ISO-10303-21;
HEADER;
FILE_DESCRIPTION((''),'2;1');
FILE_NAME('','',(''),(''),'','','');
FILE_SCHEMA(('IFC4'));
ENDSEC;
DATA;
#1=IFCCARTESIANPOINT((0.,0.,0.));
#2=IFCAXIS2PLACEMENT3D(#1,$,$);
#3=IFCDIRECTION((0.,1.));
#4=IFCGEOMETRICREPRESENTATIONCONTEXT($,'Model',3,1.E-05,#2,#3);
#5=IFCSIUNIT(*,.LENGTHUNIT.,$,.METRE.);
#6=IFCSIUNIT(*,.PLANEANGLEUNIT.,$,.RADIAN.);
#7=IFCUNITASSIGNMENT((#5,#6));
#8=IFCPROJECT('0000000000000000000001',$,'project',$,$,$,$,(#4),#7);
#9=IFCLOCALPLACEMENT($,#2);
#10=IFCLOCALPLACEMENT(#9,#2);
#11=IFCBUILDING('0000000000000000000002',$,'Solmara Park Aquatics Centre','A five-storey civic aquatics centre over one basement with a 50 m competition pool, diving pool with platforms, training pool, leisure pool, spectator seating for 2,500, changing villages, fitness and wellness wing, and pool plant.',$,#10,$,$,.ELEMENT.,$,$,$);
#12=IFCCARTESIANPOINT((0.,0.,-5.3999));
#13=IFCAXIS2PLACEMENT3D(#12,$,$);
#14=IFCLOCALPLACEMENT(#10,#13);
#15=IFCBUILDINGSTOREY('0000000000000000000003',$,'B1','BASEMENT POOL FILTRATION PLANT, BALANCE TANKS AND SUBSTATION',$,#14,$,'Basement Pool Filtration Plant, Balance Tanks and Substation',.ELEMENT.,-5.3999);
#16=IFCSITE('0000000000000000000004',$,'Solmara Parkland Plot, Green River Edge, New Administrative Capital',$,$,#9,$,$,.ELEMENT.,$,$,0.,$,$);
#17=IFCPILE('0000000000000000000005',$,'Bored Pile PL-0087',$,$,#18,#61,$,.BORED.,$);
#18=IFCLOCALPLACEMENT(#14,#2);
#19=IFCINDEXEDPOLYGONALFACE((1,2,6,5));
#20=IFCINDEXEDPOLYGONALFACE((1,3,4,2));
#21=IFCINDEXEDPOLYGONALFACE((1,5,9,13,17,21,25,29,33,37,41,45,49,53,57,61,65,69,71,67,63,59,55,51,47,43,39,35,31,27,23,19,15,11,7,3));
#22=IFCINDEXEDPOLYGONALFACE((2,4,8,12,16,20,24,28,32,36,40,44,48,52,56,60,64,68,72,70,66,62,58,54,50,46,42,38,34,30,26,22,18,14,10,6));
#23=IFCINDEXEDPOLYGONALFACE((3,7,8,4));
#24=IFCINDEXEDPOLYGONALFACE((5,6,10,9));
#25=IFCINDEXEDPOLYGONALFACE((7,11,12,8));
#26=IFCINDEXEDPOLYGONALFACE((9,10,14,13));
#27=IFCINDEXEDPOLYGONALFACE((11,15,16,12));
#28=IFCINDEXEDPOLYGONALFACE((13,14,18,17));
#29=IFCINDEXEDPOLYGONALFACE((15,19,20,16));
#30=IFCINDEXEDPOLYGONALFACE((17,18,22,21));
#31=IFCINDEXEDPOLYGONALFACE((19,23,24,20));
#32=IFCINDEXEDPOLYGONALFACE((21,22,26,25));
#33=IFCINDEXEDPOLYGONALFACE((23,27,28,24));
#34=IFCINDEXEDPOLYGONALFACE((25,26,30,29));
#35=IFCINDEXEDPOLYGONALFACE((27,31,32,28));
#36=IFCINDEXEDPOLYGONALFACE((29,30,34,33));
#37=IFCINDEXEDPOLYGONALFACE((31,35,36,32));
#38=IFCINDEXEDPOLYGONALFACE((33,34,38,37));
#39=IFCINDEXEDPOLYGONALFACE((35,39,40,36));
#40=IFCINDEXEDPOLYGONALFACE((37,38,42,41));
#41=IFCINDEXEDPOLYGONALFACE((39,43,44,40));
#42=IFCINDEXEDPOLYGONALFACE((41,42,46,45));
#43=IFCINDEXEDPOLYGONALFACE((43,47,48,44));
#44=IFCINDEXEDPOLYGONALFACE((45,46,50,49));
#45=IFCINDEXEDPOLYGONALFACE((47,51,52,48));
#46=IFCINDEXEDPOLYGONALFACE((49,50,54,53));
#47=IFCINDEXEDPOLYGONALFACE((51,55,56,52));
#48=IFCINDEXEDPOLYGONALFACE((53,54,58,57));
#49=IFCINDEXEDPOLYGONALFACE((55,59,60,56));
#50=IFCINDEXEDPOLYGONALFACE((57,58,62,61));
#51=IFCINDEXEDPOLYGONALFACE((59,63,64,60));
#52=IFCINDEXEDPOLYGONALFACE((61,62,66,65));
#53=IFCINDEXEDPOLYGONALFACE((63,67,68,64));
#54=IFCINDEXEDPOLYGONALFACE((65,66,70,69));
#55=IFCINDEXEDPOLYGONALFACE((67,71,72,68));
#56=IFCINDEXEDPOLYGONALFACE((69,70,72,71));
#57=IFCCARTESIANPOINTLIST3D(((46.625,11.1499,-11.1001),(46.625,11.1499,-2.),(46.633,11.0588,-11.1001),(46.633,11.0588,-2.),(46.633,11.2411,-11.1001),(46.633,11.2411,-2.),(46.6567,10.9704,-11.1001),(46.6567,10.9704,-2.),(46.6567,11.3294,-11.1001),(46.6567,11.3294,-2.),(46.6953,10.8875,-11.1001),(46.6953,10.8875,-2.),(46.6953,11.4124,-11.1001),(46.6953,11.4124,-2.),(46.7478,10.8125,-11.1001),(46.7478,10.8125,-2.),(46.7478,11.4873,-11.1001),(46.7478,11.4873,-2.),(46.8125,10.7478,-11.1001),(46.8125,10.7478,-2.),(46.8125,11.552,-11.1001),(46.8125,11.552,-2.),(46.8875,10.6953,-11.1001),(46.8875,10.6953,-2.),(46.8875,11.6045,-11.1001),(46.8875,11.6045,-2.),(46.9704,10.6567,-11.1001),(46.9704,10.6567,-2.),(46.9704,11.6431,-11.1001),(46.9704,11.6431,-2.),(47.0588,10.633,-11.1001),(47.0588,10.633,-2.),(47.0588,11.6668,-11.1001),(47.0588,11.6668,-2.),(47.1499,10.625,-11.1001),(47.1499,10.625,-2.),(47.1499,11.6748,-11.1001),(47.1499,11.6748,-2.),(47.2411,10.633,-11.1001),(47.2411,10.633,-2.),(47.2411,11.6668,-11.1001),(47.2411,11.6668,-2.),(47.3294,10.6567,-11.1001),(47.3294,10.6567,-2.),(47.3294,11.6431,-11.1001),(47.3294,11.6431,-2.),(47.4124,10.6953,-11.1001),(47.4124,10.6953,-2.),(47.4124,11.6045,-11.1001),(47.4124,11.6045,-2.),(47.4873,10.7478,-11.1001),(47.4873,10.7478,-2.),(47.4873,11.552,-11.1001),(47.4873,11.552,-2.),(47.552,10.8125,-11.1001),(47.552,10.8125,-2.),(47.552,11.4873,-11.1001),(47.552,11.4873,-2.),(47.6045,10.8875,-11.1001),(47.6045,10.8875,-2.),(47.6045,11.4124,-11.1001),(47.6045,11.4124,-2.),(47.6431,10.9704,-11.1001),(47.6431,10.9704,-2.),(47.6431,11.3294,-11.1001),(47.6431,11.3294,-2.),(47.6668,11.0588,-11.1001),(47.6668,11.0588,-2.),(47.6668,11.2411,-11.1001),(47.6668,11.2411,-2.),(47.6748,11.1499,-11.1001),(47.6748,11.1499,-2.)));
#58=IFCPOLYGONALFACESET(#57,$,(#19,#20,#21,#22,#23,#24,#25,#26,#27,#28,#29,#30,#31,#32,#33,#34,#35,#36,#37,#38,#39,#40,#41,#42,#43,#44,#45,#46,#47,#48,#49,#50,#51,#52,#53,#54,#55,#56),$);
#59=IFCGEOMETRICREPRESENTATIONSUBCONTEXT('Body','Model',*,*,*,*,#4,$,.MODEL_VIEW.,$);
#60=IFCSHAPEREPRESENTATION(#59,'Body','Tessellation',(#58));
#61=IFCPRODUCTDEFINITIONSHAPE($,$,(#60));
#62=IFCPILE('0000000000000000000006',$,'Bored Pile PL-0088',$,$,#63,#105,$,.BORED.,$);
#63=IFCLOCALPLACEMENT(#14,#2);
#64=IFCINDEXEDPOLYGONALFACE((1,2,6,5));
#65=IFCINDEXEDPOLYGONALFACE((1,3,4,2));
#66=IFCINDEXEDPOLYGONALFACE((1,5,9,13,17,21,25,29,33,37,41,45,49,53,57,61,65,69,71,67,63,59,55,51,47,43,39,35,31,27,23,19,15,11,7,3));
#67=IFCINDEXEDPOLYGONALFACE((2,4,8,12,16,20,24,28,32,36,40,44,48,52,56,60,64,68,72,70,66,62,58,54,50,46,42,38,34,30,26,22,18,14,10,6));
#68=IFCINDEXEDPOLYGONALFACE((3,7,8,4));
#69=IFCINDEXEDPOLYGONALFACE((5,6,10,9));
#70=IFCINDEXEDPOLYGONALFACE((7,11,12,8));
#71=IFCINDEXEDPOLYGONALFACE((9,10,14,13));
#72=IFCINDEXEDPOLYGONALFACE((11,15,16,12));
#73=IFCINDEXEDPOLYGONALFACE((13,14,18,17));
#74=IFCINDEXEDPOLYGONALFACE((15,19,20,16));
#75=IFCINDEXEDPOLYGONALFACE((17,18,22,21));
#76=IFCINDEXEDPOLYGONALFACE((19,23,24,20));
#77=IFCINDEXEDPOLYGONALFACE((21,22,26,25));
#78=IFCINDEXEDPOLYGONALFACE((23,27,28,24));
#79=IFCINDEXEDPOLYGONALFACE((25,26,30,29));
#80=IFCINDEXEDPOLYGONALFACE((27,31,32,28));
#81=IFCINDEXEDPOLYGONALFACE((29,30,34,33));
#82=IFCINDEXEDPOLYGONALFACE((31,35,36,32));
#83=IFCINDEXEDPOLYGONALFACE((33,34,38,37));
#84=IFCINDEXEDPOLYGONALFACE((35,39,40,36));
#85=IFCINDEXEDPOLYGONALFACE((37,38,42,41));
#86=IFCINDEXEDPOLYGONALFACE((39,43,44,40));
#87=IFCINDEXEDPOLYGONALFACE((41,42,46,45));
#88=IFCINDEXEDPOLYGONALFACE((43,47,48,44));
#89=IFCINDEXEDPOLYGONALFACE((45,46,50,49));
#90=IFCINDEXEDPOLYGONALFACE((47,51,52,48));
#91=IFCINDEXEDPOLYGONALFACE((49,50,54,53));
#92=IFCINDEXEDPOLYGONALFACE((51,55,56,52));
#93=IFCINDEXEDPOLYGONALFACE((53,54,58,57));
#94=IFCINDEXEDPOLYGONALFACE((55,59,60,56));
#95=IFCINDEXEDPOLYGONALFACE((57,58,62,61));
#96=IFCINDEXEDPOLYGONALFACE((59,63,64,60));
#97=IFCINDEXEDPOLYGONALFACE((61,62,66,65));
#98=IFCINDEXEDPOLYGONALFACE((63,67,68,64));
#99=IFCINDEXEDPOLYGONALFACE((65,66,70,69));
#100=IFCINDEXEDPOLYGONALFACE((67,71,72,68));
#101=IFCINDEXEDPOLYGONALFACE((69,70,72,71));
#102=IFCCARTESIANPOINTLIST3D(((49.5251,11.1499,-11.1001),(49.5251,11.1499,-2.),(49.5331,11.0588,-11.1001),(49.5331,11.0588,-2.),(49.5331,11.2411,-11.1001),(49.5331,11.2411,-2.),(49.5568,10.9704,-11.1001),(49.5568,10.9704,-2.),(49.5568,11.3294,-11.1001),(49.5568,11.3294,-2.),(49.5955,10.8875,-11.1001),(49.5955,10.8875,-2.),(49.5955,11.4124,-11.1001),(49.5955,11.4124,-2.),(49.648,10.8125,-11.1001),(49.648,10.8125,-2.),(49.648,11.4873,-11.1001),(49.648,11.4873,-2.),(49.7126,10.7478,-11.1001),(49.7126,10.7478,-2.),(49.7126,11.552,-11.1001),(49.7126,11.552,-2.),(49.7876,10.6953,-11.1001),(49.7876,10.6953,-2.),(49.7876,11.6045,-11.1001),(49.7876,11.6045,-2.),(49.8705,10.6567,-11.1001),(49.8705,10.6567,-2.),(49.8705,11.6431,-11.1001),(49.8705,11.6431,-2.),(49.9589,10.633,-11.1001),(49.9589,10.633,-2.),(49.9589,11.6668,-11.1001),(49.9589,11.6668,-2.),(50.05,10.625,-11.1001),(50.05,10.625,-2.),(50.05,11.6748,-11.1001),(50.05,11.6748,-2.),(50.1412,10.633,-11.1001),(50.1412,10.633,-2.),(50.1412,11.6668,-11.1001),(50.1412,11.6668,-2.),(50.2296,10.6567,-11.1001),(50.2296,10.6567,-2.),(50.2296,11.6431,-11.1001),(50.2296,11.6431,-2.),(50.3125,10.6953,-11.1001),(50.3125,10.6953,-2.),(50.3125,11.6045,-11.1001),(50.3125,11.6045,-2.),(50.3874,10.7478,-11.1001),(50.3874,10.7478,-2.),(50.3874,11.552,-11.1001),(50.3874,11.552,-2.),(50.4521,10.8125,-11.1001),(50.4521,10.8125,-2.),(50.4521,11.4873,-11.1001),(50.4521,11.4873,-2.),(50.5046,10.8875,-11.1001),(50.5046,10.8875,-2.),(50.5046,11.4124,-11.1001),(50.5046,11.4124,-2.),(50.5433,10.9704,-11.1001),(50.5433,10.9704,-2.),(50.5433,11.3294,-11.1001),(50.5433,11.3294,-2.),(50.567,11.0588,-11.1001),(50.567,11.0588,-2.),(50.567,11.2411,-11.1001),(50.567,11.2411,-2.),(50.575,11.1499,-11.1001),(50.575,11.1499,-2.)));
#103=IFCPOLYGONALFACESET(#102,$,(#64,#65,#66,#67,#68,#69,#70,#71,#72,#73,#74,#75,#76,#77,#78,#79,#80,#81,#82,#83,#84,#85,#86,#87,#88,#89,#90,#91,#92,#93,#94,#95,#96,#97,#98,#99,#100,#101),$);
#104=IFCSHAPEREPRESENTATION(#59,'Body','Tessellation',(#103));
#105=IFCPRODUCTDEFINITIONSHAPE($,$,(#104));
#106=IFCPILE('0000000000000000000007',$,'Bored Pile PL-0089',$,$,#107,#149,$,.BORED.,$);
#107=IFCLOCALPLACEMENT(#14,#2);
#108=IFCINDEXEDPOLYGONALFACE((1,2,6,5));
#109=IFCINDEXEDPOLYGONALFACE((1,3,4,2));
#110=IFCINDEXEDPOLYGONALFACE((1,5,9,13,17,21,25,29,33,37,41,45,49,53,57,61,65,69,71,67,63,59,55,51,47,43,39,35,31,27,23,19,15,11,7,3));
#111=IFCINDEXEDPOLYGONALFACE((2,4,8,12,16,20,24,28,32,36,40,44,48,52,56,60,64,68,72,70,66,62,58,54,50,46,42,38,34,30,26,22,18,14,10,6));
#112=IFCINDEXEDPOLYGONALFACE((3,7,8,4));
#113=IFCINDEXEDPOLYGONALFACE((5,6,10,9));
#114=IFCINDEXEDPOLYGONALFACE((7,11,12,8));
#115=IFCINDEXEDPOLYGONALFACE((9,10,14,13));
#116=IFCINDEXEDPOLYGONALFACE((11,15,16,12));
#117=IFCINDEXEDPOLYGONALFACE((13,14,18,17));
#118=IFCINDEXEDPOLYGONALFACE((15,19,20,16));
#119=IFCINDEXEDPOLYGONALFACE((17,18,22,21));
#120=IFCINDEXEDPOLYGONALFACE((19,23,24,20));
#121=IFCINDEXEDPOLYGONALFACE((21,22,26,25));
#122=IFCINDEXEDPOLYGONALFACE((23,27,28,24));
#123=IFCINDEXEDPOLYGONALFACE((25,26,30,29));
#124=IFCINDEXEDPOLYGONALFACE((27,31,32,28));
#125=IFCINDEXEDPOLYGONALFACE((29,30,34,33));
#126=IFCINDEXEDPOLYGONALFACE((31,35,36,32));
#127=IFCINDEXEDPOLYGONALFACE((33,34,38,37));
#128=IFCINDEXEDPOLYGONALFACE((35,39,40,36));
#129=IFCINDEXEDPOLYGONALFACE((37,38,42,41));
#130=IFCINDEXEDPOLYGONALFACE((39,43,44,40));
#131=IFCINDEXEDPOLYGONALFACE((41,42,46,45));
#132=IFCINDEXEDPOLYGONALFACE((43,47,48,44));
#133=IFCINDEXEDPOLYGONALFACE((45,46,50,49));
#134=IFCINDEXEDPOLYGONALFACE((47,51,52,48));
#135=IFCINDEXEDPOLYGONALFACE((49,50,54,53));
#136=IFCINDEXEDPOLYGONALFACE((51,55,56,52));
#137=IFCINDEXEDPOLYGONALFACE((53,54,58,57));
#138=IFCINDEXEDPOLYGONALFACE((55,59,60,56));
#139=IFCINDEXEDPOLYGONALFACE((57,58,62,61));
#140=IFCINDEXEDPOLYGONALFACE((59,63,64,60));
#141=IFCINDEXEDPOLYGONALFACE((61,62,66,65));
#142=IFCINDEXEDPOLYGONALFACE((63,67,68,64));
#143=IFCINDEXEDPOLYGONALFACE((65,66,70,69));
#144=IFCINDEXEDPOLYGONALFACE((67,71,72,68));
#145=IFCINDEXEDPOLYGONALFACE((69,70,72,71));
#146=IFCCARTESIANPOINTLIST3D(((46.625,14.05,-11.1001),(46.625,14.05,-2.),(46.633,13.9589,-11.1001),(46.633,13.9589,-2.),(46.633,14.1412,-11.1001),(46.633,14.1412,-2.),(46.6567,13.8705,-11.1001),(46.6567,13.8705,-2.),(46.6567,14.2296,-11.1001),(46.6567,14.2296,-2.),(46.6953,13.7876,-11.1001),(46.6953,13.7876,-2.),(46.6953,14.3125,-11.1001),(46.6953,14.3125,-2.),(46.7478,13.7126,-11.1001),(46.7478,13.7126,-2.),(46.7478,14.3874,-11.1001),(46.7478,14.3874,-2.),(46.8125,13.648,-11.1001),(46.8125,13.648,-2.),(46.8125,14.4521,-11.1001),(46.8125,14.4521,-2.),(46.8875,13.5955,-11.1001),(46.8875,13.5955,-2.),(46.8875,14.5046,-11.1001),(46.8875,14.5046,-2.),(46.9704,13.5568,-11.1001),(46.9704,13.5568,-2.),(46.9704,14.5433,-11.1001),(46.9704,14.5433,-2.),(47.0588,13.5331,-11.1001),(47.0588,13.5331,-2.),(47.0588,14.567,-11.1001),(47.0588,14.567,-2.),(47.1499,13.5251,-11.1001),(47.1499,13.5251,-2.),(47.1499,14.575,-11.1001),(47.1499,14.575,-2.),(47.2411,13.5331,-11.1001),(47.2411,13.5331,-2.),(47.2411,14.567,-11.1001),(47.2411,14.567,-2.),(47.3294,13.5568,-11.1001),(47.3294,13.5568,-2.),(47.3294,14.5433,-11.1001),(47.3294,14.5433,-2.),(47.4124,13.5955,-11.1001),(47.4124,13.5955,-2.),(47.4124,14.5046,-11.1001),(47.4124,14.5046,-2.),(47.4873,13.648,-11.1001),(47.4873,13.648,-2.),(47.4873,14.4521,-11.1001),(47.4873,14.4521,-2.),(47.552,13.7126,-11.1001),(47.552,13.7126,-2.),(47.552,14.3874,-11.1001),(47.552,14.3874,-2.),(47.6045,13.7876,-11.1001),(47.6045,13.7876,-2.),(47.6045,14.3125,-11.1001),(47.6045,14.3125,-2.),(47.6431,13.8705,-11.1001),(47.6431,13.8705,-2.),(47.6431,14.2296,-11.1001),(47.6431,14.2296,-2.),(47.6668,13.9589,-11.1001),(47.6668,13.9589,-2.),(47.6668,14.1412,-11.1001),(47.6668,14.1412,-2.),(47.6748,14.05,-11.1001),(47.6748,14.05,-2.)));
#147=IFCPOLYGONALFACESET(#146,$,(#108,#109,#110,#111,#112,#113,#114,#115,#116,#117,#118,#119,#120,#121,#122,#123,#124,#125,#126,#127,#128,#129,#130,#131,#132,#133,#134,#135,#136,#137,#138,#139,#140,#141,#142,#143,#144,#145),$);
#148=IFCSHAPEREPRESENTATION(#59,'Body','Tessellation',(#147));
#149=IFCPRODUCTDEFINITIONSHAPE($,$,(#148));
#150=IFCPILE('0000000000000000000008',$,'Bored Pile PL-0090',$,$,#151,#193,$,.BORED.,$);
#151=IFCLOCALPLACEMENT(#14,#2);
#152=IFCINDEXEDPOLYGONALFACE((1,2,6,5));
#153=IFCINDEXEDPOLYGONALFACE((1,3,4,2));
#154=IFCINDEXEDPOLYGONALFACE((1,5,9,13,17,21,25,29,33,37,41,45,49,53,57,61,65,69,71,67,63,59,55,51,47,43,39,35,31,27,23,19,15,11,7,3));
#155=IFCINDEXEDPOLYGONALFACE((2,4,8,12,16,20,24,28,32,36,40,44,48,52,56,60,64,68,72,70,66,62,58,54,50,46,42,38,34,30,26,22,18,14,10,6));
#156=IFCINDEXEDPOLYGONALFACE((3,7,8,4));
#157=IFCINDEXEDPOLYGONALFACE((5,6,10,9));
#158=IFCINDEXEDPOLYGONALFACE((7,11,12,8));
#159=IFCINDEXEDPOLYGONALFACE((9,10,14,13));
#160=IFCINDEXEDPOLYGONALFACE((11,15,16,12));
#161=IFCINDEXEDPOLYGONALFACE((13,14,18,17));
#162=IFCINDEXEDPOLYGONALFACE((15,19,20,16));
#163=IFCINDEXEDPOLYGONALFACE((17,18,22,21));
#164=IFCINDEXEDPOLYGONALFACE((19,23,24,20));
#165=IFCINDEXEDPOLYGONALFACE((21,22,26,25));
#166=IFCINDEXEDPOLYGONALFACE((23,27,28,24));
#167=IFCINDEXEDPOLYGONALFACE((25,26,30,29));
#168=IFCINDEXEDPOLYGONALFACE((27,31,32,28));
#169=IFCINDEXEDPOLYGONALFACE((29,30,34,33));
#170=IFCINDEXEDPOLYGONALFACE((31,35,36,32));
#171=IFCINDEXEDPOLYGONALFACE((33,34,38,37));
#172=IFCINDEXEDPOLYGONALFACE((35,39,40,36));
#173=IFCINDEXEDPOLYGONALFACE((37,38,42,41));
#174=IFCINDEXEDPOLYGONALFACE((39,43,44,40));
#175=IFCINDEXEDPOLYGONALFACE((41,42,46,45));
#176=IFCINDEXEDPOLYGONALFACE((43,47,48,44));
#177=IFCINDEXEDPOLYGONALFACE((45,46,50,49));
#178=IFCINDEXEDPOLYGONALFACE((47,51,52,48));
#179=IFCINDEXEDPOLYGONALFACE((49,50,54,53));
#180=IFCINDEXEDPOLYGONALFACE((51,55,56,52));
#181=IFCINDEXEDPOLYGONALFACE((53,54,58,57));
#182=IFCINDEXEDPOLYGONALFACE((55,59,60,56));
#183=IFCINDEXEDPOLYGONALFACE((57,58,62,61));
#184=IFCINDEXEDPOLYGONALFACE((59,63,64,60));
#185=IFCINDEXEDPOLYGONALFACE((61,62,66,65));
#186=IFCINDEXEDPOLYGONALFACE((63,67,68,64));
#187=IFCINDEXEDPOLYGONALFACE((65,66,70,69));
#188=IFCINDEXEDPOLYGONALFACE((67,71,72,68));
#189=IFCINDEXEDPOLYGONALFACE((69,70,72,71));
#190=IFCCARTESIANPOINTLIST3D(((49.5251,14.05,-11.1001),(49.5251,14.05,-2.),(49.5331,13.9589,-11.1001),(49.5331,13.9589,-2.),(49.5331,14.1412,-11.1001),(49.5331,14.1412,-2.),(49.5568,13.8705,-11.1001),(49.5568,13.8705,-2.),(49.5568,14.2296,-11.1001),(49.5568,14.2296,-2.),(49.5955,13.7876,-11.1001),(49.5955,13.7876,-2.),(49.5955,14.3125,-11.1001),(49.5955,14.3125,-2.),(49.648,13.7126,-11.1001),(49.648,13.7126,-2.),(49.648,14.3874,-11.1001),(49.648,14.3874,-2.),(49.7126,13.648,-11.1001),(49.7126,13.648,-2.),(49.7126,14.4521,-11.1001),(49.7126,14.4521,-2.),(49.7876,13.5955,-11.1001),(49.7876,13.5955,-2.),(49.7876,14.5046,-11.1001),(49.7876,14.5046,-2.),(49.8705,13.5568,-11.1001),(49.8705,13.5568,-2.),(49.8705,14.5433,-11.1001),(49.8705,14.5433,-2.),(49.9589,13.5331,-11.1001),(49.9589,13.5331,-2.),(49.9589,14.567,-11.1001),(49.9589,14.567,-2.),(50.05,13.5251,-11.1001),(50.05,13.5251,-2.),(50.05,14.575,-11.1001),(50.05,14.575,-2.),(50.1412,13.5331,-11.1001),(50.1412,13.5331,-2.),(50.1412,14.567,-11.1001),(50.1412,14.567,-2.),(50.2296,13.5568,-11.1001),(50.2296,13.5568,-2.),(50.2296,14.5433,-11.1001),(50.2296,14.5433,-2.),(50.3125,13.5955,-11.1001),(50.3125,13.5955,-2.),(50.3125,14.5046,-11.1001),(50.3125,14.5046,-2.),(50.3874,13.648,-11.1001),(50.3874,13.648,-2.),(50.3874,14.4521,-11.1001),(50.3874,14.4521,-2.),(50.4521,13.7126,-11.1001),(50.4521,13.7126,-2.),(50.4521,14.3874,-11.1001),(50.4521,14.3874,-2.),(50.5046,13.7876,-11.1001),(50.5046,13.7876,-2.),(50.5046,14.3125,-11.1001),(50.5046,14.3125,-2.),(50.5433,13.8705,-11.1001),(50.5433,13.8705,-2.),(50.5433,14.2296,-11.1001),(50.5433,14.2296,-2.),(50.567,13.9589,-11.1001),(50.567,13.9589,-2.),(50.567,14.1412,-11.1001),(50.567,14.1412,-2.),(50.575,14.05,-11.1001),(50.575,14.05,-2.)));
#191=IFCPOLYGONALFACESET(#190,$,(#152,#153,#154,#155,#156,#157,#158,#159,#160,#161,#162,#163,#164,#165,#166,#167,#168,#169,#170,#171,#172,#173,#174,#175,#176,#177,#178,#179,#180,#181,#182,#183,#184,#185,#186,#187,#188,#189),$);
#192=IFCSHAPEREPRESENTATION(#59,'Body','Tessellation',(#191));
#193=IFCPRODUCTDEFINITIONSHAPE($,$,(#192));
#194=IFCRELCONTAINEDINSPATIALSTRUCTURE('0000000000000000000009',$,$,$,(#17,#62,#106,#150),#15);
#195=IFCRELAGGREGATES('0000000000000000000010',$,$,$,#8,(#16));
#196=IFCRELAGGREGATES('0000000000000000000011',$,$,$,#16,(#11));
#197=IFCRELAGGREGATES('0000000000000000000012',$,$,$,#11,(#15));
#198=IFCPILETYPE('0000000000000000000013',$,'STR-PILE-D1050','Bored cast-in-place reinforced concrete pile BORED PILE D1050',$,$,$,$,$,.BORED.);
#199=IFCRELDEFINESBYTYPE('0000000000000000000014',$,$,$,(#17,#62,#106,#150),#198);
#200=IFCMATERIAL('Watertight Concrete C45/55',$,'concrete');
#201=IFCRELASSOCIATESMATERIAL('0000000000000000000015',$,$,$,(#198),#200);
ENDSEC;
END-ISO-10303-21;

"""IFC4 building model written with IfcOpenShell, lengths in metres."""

from ifc_helpers import new_model, si_unit, direction, frame, origin, origin_2d, place, context, subcontext, project, spatial, circle, extrude, material, material_profile, profile_set, type_object, element, save


model = new_model("IFC4")

# Units and contexts
model_context = context("Model", 3, precision=1e-05, world=origin(), true_north=direction((0.0, 1.0)))
body_context = subcontext(model_context, "Body", "Model", "MODEL_VIEW")
ifc_project = project(units=[si_unit("LENGTHUNIT", "METRE"), si_unit("PLANEANGLEUNIT", "RADIAN")], contexts=[model_context])

# Site, building, storey
site_placement = place(None, origin())
site = spatial("IfcSite", under=ifc_project, at=site_placement, Name="Solmara Parkland Plot, Green River Edge, New Administrative Capital", CompositionType="ELEMENT", RefElevation=0.0)
building_placement = place(site_placement, origin())
building = spatial("IfcBuilding", under=site, at=building_placement, Name="Solmara Park Aquatics Centre", Description="A five-storey civic aquatics centre over one basement with a 50 m competition pool, diving pool with platforms, training pool, leisure pool, spectator seating for 2,500, changing villages, fitness and wellness wing, and pool plant.", CompositionType="ELEMENT")
storey_placement = place(building_placement, frame((0.0, 0.0, -5.3999)))
storey = spatial("IfcBuildingStorey", under=building, at=storey_placement, Name="B1", Description="BASEMENT POOL FILTRATION PLANT, BALANCE TANKS AND SUBSTATION", LongName="Basement Pool Filtration Plant, Balance Tanks and Substation", CompositionType="ELEMENT", Elevation=-5.3999)

# Shared definitions
ifc_material_1 = material(Name="Watertight Concrete C45/55", Category="concrete")

# Piles
ifc_material_profile_1 = material_profile(ifc_material_1, circle(Radius=0.5249, at=origin_2d()), Name="BORED PILE D1050")
ifc_profile_set_1 = profile_set([ifc_material_profile_1], Name="Watertight Concrete C45/55")
pile_type_1 = type_object("IfcPileType", Name="STR-PILE-D1050", Description="Bored cast-in-place reinforced concrete pile BORED PILE D1050", PredefinedType="BORED", material=ifc_profile_set_1)
for number, where, z_axis, x_axis, name in (
    (1, (47.1499, 11.1499, -2.0), (0.0, 0.0, -1.0), (1.0, 0.0, 0.0), "Bored Pile PL-0087"),
    (2, (50.05, 11.1499, -2.0), (0.0, 0.0, -1.0), (1.0, 0.0, 0.0), "Bored Pile PL-0088"),
    (3, (47.1499, 14.05, -2.0), (0.0, 0.0, -1.0), (1.0, 0.0, 0.0), "Bored Pile PL-0089"),
    (4, (50.05, 14.05, -2.0), (0.0, 0.0, -1.0), (1.0, 0.0, 0.0), "Bored Pile PL-0090"),
):
    element("IfcPile", number, at=place(storey_placement, frame(where, z_axis=z_axis, x_axis=x_axis)), inside=storey, type_object=pile_type_1, Name=name, PredefinedType="BORED", context=body_context, shape_type="SweptSolid", body=[
        extrude(circle(Radius=0.5249, at=origin_2d()), origin(), (0.0, 0.0, 1.0), 9.1001),
    ])

save(model, "model.ifc")
